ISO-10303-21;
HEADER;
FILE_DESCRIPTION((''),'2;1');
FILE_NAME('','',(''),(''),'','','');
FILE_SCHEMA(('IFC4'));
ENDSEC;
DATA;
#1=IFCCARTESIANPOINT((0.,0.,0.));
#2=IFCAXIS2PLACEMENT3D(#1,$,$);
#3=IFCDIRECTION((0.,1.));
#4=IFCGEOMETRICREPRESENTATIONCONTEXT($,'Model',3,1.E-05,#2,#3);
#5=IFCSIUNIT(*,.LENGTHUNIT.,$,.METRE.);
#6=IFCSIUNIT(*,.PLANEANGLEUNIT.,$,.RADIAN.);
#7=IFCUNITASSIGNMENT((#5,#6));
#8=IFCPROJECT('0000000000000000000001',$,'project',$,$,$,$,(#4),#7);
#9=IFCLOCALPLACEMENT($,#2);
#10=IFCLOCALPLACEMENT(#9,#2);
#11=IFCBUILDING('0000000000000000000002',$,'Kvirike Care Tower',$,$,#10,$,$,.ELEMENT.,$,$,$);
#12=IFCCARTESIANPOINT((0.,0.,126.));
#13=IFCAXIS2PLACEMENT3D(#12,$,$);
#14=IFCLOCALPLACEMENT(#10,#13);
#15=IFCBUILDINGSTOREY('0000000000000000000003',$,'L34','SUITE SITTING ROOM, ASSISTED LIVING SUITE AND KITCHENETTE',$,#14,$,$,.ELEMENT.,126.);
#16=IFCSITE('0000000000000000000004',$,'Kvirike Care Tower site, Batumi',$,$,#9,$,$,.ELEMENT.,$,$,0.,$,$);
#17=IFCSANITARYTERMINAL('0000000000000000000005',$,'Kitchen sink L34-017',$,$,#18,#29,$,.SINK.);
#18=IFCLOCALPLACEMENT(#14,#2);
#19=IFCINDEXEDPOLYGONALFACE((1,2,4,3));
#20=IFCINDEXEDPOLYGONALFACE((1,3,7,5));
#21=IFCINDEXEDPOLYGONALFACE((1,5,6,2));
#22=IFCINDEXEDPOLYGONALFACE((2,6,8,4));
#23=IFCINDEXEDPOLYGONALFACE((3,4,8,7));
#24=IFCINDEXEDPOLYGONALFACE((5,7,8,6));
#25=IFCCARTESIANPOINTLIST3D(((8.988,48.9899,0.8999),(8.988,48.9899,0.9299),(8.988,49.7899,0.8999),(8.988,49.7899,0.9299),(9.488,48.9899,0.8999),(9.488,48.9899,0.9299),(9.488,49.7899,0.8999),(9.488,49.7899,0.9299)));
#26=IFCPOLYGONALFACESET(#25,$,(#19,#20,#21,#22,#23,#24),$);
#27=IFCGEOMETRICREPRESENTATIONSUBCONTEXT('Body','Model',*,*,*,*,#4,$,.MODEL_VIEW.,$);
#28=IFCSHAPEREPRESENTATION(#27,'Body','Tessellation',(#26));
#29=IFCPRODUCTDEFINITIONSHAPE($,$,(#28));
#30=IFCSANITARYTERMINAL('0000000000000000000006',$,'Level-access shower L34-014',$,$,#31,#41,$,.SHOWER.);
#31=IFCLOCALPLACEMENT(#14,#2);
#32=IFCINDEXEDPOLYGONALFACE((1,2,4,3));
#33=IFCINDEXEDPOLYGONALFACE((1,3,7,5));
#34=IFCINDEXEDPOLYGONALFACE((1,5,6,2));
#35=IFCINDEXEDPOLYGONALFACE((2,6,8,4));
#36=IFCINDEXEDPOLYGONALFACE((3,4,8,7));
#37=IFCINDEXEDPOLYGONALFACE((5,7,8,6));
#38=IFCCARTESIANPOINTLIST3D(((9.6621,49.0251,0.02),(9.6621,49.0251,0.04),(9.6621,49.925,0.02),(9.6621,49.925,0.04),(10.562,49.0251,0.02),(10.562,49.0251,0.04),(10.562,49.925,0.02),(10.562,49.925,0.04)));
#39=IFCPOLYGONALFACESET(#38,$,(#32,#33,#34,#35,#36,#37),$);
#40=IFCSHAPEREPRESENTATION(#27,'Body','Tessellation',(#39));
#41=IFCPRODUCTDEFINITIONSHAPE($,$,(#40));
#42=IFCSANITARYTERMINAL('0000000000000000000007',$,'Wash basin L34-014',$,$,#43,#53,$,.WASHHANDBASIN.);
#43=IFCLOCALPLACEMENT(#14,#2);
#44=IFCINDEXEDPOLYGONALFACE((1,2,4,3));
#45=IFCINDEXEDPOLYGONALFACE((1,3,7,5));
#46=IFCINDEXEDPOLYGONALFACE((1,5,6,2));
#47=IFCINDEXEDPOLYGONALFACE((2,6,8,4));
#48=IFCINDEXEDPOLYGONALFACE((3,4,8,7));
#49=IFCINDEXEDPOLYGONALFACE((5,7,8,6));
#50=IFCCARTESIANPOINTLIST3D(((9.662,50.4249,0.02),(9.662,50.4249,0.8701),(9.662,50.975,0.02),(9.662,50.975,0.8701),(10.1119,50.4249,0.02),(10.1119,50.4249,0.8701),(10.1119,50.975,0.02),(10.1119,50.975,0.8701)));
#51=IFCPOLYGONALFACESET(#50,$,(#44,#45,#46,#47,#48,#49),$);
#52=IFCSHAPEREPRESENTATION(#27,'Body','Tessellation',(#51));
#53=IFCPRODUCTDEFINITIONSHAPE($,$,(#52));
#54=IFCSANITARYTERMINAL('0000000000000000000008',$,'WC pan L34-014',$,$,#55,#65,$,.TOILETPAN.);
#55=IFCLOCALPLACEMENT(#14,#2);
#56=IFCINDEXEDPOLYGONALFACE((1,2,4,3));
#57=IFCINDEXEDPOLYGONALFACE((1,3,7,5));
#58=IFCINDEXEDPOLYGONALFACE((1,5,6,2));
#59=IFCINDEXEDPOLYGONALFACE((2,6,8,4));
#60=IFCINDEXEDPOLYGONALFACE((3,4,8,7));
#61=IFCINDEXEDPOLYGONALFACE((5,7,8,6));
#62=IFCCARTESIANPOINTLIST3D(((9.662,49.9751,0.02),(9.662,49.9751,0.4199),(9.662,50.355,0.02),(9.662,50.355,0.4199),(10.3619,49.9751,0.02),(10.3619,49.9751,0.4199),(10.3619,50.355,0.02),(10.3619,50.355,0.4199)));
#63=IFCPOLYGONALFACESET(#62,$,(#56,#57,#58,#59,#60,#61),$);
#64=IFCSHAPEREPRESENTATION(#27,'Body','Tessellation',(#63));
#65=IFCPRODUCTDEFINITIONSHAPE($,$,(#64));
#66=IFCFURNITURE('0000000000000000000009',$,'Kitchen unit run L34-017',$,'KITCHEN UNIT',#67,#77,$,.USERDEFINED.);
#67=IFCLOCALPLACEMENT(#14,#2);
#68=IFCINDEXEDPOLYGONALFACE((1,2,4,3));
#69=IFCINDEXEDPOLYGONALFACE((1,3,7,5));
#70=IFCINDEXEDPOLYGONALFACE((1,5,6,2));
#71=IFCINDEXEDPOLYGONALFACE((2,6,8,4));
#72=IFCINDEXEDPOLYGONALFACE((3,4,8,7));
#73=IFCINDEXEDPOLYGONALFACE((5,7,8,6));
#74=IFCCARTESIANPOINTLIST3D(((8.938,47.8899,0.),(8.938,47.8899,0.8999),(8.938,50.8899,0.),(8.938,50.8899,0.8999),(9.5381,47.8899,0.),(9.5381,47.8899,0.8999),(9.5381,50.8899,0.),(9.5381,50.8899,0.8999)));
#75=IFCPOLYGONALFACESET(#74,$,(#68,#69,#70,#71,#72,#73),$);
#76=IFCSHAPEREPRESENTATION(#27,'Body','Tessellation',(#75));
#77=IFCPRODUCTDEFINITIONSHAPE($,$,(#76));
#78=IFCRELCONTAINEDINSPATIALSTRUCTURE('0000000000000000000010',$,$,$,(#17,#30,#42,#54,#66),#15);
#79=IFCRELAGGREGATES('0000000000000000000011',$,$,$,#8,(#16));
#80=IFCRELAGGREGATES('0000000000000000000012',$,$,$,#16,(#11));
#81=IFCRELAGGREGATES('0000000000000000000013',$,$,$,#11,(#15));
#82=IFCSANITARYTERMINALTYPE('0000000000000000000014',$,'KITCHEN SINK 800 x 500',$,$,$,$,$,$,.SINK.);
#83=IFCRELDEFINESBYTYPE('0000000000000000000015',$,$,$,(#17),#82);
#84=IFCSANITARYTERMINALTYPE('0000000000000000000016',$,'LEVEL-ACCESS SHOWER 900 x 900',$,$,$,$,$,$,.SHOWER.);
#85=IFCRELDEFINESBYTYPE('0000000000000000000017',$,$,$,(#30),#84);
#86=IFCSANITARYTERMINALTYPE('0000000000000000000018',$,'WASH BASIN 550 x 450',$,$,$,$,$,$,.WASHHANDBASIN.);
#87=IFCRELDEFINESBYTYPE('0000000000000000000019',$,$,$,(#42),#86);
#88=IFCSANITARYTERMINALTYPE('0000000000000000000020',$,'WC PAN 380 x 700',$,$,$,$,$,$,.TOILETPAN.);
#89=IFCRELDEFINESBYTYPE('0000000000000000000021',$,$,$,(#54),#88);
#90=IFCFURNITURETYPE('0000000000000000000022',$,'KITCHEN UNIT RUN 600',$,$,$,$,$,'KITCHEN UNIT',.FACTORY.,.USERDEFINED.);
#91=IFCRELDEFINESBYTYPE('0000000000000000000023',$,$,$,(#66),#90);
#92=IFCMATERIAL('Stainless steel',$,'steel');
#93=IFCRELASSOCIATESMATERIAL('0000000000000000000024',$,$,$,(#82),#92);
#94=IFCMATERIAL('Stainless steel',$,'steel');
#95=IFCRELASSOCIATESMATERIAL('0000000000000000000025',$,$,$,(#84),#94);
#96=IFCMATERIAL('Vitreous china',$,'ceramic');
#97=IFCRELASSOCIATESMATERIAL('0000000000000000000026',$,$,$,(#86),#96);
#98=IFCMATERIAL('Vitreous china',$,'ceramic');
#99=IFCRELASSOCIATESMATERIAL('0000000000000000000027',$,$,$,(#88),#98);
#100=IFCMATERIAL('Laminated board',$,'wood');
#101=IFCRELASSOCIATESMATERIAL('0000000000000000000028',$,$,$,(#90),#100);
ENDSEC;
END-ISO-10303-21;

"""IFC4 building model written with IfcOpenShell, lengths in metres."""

from ifc_helpers import new_model, si_unit, direction, frame, origin, origin_2d, place, context, subcontext, project, spatial, rectangle, extrude, material, type_object, element, save


model = new_model("IFC4")

# Units and contexts
model_context = context("Model", 3, precision=1e-05, world=origin(), true_north=direction((0.0, 1.0)))
body_context = subcontext(model_context, "Body", "Model", "MODEL_VIEW")
ifc_project = project(units=[si_unit("LENGTHUNIT", "METRE"), si_unit("PLANEANGLEUNIT", "RADIAN")], contexts=[model_context])

# Site, building, storey
site_placement = place(None, origin())
site = spatial("IfcSite", under=ifc_project, at=site_placement, Name="Kvirike Care Tower site, Batumi", CompositionType="ELEMENT", RefElevation=0.0)
building_placement = place(site_placement, origin())
building = spatial("IfcBuilding", under=site, at=building_placement, Name="Kvirike Care Tower", CompositionType="ELEMENT")
storey_placement = place(building_placement, frame((0.0, 0.0, 126.0)))
storey = spatial("IfcBuildingStorey", under=building, at=storey_placement, Name="L34", Description="SUITE SITTING ROOM, ASSISTED LIVING SUITE AND KITCHENETTE", CompositionType="ELEMENT", Elevation=126.0)

# Sanitary terminals
ifc_material_1 = material(Name="Stainless steel", Category="steel")
sanitary_terminal_type_1 = type_object("IfcSanitaryTerminalType", Name="KITCHEN SINK 800 x 500", PredefinedType="SINK", material=ifc_material_1)
sanitary_terminal_1_placement = place(storey_placement, frame((9.238, 49.3899, 0.8999), z_axis=(0.0, 0.0, 1.0), x_axis=(0.0, -1.0, 0.0)))
element("IfcSanitaryTerminal", 1, at=sanitary_terminal_1_placement, inside=storey, type_object=sanitary_terminal_type_1, Name="Kitchen sink L34-017", PredefinedType="SINK", context=body_context, shape_type="SweptSolid", body=[
    extrude(rectangle(XDim=0.8, YDim=0.5, at=origin_2d()), origin(), (0.0, 0.0, 1.0), 0.03),
])
ifc_material_2 = material(Name="Stainless steel", Category="steel")
sanitary_terminal_type_2 = type_object("IfcSanitaryTerminalType", Name="LEVEL-ACCESS SHOWER 900 x 900", PredefinedType="SHOWER", material=ifc_material_2)
sanitary_terminal_2_placement = place(storey_placement, frame((10.1121, 49.4751, 0.02), z_axis=(0.0, 0.0, 1.0), x_axis=(0.0, 1.0, 0.0)))
element("IfcSanitaryTerminal", 2, at=sanitary_terminal_2_placement, inside=storey, type_object=sanitary_terminal_type_2, Name="Level-access shower L34-014", PredefinedType="SHOWER", context=body_context, shape_type="SweptSolid", body=[
    extrude(rectangle(XDim=0.8999, YDim=0.8999, at=origin_2d()), origin(), (0.0, 0.0, 1.0), 0.02),
])
ifc_material_3 = material(Name="Vitreous china", Category="ceramic")
sanitary_terminal_type_3 = type_object("IfcSanitaryTerminalType", Name="WASH BASIN 550 x 450", PredefinedType="WASHHANDBASIN", material=ifc_material_3)
sanitary_terminal_3_placement = place(storey_placement, frame((9.887, 50.7, 0.02), z_axis=(0.0, 0.0, 1.0), x_axis=(0.0, 1.0, 0.0)))
element("IfcSanitaryTerminal", 3, at=sanitary_terminal_3_placement, inside=storey, type_object=sanitary_terminal_type_3, Name="Wash basin L34-014", PredefinedType="WASHHANDBASIN", context=body_context, shape_type="SweptSolid", body=[
    extrude(rectangle(XDim=0.55, YDim=0.45, at=origin_2d()), origin(), (0.0, 0.0, 1.0), 0.8501),
])
ifc_material_4 = material(Name="Vitreous china", Category="ceramic")
sanitary_terminal_type_4 = type_object("IfcSanitaryTerminalType", Name="WC PAN 380 x 700", PredefinedType="TOILETPAN", material=ifc_material_4)
sanitary_terminal_4_placement = place(storey_placement, frame((10.012, 50.165, 0.02), z_axis=(0.0, 0.0, 1.0), x_axis=(0.0, 1.0, 0.0)))
element("IfcSanitaryTerminal", 4, at=sanitary_terminal_4_placement, inside=storey, type_object=sanitary_terminal_type_4, Name="WC pan L34-014", PredefinedType="TOILETPAN", context=body_context, shape_type="SweptSolid", body=[
    extrude(rectangle(XDim=0.3799, YDim=0.7, at=origin_2d()), origin(), (0.0, 0.0, 1.0), 0.3999),
])

# Furniture
ifc_material_5 = material(Name="Laminated board", Category="wood")
furniture_type = type_object("IfcFurnitureType", Name="KITCHEN UNIT RUN 600", ElementType="KITCHEN UNIT", AssemblyPlace="FACTORY", PredefinedType="USERDEFINED", material=ifc_material_5)
furniture_placement = place(storey_placement, frame((9.238, 49.3899, 0.0), z_axis=(0.0, 0.0, 1.0), x_axis=(0.0, -1.0, 0.0)))
element("IfcFurniture", 5, at=furniture_placement, inside=storey, type_object=furniture_type, Name="Kitchen unit run L34-017", ObjectType="KITCHEN UNIT", PredefinedType="USERDEFINED", context=body_context, shape_type="SweptSolid", body=[
    extrude(rectangle(XDim=3.0, YDim=0.6001, at=origin_2d()), origin(), (0.0, 0.0, 1.0), 0.8999),
])

save(model, "model.ifc")
